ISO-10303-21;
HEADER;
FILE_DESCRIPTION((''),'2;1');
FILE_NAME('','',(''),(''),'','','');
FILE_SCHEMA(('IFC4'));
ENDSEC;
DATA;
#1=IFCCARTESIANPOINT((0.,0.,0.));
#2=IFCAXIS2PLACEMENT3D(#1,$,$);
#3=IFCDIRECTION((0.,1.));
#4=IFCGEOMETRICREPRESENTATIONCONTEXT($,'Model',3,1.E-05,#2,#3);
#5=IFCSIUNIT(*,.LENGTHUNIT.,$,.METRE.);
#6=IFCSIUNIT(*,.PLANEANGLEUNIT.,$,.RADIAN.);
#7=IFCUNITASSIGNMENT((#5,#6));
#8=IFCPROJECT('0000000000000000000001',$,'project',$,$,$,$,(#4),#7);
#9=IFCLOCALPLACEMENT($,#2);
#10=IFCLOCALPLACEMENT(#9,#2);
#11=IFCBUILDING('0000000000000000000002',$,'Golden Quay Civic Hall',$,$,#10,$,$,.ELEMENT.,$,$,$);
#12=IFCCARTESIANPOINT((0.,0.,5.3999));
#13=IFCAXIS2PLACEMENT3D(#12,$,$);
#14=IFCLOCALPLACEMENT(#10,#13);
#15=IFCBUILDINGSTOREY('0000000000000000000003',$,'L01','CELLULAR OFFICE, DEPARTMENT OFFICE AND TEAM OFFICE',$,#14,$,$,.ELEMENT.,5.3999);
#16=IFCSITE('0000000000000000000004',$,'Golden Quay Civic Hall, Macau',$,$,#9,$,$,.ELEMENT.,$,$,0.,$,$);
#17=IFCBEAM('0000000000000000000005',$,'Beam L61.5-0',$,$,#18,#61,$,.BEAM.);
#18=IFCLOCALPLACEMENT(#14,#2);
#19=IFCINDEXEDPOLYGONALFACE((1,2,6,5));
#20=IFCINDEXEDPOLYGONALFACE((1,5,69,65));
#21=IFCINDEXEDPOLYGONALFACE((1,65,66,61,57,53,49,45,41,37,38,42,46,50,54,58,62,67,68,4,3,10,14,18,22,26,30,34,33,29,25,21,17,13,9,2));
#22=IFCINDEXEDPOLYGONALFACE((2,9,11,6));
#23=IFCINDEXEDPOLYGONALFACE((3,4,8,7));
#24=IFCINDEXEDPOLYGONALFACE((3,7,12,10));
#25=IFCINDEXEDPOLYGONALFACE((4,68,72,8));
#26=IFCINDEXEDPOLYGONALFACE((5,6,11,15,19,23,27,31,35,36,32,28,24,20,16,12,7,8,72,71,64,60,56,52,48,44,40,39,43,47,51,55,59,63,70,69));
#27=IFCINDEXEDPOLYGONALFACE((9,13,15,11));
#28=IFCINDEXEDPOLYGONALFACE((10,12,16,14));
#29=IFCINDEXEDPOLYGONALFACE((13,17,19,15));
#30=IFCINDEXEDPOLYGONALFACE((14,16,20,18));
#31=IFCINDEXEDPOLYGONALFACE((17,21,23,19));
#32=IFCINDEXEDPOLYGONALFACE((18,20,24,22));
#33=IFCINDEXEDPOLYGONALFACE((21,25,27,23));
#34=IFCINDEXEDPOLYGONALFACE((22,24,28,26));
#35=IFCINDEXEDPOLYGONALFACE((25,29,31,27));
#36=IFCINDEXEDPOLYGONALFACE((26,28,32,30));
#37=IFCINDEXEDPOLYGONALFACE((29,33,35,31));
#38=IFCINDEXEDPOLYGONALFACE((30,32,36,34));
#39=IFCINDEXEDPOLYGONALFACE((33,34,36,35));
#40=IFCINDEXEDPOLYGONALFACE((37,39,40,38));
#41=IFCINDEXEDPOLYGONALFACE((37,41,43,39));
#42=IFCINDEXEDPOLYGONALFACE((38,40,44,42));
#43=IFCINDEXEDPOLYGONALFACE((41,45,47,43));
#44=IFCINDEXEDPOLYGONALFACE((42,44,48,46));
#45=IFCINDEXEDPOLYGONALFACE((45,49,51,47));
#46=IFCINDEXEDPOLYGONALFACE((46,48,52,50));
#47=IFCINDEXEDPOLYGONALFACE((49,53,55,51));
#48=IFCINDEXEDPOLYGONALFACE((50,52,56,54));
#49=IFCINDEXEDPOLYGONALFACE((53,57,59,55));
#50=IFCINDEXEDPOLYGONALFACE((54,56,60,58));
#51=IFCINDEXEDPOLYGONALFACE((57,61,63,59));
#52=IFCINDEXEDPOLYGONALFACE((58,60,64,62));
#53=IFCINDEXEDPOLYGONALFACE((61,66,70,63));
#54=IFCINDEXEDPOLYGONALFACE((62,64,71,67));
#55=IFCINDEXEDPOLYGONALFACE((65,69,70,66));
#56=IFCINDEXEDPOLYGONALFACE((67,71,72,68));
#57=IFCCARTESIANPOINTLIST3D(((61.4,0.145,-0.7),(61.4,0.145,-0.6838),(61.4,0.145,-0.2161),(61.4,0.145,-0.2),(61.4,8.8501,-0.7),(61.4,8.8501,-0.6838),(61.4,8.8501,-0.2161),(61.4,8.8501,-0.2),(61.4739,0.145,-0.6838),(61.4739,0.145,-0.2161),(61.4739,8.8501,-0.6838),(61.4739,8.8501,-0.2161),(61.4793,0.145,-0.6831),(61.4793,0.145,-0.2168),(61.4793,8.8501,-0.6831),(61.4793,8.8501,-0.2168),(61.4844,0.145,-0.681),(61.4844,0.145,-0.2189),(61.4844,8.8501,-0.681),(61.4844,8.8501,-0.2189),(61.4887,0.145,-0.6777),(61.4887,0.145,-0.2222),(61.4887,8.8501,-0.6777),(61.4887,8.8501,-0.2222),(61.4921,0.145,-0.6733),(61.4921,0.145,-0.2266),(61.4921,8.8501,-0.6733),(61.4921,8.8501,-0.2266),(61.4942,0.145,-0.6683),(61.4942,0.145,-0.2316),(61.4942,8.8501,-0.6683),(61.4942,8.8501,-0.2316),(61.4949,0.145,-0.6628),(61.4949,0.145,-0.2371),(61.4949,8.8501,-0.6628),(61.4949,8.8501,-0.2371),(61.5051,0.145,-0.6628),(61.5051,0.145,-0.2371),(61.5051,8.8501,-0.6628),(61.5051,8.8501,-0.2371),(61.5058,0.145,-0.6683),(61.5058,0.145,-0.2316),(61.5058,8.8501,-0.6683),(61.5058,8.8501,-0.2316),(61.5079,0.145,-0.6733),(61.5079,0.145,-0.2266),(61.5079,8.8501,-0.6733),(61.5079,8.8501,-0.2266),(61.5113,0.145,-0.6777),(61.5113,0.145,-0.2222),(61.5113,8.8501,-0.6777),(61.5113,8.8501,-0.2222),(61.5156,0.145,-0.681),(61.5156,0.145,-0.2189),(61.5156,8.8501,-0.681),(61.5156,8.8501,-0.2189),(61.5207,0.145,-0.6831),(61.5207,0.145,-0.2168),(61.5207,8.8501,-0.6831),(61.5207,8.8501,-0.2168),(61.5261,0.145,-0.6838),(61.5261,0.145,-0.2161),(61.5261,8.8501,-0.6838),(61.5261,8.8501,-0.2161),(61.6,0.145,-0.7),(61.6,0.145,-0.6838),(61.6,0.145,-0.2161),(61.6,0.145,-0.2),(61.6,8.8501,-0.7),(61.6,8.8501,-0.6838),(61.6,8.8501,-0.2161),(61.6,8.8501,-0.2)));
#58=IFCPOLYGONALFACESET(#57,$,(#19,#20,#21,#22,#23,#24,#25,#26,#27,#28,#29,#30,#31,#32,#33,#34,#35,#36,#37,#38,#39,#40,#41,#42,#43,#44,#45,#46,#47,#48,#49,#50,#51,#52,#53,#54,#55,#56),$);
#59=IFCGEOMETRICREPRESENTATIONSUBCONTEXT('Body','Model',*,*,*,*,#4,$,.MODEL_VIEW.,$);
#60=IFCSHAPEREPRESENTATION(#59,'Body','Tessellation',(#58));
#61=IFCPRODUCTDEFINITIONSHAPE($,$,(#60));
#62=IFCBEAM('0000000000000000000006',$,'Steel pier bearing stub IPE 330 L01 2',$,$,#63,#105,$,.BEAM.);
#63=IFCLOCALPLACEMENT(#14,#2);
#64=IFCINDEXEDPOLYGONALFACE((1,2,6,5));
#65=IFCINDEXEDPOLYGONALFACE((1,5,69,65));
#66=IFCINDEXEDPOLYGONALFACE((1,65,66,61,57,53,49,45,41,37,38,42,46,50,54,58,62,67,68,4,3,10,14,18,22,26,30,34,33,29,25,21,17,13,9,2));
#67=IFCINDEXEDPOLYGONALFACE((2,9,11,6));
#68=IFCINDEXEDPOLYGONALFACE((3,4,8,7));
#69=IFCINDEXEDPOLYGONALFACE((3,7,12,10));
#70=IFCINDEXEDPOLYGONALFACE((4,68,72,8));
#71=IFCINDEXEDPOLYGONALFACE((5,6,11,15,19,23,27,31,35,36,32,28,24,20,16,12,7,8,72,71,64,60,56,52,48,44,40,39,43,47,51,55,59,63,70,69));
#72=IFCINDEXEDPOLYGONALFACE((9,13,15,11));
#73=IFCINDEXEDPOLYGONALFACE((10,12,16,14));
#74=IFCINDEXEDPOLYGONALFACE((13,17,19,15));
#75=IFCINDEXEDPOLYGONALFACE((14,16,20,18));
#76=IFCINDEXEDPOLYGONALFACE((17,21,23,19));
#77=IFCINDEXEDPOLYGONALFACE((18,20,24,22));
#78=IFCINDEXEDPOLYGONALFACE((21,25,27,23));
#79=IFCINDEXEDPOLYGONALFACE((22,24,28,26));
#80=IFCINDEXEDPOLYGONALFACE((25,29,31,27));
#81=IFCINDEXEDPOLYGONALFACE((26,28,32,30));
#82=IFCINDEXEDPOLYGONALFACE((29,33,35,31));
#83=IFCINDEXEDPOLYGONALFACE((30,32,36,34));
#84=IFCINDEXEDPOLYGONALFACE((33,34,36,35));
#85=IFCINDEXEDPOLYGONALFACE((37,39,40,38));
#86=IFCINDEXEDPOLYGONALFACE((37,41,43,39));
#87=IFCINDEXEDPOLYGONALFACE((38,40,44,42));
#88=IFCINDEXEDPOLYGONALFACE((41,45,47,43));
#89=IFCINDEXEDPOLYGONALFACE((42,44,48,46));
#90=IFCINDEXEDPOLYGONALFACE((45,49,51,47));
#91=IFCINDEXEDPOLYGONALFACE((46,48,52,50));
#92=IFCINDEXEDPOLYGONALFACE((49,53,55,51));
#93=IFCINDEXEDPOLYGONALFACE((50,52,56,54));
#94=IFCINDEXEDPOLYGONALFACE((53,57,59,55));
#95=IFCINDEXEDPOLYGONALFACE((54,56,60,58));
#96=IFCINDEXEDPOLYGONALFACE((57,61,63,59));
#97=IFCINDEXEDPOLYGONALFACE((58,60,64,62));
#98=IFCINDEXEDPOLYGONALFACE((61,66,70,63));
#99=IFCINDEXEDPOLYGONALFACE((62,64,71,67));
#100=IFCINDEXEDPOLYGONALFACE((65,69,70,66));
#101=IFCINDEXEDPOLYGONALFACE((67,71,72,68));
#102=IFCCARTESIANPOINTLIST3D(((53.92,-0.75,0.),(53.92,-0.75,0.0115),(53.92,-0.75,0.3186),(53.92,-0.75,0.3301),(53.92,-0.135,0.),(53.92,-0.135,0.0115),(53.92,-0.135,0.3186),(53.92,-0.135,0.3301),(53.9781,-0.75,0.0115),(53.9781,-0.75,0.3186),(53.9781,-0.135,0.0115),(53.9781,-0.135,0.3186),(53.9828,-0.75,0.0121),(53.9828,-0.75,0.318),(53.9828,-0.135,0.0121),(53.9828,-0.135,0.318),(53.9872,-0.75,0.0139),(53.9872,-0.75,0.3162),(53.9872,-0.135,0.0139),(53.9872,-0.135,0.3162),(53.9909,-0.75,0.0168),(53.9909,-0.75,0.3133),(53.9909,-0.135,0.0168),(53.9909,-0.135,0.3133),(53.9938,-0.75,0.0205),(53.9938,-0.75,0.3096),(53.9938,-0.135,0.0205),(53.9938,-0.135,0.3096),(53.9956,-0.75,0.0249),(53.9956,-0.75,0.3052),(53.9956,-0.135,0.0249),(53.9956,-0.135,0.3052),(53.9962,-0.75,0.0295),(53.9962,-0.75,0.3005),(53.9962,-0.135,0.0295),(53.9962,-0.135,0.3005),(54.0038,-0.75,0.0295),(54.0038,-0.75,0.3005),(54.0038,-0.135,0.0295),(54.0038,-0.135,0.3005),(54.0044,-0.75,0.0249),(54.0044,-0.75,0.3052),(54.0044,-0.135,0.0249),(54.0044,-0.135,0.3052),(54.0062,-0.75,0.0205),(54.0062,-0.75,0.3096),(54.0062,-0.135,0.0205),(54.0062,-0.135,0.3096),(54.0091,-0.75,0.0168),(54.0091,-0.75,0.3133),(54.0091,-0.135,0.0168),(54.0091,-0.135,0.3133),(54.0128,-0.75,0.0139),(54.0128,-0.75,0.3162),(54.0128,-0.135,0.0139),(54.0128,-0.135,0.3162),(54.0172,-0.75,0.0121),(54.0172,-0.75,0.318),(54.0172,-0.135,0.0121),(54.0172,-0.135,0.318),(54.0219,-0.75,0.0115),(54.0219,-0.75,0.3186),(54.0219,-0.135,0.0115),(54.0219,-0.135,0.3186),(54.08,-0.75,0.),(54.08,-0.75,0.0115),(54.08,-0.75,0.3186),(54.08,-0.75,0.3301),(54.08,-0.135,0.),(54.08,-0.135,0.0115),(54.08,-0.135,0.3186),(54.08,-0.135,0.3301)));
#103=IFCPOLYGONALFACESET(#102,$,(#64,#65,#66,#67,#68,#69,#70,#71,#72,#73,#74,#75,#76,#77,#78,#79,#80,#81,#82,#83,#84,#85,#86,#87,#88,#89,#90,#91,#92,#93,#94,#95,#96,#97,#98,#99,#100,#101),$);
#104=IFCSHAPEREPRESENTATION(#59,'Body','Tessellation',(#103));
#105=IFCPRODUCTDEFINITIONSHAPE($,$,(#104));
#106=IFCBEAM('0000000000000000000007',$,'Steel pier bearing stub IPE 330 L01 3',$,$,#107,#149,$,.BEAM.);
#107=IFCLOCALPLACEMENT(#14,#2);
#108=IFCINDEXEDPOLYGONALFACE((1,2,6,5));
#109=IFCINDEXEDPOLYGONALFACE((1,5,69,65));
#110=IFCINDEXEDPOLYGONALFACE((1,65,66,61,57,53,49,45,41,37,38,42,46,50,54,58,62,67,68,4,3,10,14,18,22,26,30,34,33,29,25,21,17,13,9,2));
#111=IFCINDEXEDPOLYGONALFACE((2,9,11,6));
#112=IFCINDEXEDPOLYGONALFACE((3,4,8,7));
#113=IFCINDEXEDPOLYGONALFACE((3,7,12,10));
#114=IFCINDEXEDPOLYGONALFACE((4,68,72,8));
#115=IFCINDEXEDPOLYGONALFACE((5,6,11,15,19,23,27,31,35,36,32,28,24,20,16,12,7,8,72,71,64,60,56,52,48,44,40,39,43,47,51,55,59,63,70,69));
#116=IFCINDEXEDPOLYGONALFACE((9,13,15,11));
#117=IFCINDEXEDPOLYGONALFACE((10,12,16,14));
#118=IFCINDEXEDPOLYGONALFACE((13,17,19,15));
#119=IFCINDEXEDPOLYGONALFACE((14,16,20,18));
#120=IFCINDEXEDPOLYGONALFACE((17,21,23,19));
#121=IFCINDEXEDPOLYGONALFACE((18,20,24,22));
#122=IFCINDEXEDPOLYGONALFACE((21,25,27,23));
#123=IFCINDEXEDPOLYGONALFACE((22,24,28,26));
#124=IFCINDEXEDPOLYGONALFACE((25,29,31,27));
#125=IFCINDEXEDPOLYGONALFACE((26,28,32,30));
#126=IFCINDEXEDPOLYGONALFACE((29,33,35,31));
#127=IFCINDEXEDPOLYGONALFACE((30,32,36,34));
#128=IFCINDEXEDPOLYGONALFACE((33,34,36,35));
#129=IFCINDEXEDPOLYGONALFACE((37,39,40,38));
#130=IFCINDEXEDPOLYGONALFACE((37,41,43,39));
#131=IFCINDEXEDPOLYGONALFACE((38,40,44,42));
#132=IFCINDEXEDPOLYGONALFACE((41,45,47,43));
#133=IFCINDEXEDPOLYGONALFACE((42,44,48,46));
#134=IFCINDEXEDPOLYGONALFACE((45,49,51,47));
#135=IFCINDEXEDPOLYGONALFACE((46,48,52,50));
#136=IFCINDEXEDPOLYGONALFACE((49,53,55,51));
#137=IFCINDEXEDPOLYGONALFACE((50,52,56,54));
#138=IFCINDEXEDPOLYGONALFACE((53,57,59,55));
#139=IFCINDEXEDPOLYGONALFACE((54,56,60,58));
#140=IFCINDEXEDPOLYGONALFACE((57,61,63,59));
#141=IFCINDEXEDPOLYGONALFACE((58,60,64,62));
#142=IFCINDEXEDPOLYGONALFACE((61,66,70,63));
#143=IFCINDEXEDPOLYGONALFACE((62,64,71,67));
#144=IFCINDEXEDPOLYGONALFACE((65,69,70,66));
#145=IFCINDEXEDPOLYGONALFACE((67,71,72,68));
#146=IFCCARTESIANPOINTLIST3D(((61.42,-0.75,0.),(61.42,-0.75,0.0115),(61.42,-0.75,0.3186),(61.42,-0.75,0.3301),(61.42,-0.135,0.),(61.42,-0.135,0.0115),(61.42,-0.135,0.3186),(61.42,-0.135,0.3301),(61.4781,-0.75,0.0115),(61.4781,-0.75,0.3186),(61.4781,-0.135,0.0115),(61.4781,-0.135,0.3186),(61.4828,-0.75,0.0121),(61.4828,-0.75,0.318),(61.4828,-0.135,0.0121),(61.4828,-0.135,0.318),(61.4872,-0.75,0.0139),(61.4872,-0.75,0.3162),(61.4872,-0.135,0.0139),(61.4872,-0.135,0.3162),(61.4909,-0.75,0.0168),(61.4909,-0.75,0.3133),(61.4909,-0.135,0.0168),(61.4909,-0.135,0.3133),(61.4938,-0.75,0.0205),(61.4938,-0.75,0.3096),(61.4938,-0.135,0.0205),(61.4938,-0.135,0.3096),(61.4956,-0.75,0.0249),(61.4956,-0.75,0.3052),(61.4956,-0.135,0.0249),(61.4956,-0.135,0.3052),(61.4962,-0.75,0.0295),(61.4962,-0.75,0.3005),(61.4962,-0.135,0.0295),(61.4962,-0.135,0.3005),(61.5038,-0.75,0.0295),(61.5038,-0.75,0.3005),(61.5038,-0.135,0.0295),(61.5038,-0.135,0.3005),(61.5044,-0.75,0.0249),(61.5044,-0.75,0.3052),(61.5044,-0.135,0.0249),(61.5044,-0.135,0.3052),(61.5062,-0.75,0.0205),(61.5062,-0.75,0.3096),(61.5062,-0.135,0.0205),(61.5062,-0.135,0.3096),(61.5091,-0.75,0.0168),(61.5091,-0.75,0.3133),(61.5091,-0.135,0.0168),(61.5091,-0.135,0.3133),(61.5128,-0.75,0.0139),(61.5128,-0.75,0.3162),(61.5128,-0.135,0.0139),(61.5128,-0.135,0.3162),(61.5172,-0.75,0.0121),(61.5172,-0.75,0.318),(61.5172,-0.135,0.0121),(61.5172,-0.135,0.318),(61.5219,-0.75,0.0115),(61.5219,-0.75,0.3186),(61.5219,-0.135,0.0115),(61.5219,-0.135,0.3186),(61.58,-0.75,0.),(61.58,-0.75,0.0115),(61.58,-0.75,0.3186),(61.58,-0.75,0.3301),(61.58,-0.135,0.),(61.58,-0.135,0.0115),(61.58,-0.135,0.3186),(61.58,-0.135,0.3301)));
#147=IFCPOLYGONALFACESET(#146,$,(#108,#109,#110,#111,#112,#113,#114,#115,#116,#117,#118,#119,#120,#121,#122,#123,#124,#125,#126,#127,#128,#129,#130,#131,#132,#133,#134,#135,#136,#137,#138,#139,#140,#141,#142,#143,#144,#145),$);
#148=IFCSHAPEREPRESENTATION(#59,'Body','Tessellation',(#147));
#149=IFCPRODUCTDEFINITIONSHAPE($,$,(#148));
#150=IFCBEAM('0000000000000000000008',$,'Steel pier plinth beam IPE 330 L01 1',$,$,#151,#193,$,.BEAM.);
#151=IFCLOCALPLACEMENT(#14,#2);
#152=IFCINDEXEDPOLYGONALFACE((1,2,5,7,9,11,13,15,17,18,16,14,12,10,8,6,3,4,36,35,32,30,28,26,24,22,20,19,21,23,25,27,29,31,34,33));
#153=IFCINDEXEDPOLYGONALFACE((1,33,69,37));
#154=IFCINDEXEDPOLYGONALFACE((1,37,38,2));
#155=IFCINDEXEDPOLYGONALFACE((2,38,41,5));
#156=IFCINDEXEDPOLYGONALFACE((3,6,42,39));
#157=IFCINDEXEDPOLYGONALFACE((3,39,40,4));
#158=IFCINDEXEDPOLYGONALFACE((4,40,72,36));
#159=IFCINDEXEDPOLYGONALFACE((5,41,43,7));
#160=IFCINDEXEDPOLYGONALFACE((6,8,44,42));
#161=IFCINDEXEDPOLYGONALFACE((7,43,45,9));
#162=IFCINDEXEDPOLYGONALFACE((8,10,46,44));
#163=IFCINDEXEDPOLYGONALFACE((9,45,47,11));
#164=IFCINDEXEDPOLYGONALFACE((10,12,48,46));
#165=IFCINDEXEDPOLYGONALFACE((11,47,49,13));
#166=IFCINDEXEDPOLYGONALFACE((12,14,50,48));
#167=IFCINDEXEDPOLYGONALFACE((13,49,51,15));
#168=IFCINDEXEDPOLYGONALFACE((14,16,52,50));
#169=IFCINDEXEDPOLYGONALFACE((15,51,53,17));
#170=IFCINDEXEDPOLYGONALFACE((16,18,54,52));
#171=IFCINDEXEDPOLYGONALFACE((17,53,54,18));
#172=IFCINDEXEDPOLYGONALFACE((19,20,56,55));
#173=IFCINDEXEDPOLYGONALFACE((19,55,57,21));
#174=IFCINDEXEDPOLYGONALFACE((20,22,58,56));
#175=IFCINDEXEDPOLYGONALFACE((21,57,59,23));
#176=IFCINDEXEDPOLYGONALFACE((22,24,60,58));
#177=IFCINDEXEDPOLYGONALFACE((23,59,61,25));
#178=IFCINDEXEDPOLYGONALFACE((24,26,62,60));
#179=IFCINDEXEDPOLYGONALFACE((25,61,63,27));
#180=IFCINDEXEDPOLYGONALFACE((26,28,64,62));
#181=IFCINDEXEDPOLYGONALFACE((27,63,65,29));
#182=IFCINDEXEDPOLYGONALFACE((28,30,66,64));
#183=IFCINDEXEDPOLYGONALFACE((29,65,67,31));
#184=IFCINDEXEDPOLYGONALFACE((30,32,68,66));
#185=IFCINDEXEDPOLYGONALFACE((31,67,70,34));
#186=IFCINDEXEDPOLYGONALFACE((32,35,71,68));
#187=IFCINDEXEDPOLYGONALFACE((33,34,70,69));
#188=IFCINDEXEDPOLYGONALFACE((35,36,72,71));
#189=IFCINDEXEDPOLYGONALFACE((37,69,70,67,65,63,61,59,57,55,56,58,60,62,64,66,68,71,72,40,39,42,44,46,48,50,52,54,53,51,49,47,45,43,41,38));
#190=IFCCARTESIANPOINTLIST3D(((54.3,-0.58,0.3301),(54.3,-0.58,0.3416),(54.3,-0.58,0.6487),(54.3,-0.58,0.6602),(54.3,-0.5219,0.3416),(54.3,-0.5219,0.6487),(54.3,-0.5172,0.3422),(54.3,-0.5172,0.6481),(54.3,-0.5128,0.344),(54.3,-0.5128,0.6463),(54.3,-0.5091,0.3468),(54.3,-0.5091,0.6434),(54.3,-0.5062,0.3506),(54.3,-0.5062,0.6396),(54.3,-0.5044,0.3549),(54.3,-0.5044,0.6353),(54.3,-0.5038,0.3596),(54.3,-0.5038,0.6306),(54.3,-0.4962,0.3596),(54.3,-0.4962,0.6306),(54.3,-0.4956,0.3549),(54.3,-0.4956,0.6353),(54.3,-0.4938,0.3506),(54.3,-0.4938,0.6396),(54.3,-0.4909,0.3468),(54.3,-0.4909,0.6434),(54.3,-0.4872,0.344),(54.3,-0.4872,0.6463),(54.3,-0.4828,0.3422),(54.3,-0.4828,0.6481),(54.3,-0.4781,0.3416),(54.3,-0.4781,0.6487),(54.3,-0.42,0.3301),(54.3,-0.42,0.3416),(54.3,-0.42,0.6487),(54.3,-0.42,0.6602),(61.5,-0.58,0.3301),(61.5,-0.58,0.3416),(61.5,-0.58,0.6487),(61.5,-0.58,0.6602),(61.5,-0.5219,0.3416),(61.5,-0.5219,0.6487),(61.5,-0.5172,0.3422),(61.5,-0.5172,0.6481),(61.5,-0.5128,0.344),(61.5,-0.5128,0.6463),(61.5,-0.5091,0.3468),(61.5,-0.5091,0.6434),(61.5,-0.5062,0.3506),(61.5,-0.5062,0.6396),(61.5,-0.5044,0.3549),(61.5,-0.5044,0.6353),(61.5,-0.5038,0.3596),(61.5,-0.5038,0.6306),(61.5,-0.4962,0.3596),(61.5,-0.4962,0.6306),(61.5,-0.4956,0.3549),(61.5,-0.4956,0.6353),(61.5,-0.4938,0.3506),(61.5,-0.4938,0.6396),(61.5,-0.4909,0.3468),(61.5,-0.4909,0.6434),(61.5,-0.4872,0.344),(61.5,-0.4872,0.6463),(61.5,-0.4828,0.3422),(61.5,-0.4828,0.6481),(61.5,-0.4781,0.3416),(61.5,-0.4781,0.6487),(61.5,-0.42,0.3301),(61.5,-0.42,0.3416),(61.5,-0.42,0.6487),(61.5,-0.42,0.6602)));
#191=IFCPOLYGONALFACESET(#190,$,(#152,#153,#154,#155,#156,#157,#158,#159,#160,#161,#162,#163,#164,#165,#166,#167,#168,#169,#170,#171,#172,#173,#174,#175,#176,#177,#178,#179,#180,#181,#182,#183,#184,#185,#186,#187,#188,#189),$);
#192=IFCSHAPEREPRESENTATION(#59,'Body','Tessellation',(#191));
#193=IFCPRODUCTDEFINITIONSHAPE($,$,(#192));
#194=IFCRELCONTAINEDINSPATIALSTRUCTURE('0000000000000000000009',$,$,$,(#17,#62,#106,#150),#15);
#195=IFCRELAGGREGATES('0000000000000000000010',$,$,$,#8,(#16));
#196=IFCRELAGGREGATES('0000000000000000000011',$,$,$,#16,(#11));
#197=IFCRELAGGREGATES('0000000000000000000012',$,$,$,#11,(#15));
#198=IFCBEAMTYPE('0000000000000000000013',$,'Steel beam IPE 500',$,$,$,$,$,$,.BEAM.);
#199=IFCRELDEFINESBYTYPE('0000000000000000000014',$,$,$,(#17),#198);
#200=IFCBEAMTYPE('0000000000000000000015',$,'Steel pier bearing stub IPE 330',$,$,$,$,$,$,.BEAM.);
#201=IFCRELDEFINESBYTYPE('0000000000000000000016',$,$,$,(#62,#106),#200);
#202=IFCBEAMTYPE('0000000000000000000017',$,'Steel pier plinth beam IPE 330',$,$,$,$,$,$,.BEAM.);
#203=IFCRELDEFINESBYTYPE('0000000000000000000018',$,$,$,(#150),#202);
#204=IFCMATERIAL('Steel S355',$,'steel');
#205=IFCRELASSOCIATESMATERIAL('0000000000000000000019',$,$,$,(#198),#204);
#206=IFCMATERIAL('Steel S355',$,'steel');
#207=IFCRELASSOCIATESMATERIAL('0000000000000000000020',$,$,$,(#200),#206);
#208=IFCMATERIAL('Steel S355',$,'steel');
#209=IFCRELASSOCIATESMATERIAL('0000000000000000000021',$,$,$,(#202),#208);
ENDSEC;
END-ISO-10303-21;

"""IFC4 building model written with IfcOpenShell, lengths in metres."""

from ifc_helpers import new_model, si_unit, direction, frame, origin, origin_2d, place, context, subcontext, project, spatial, i_section, extrude, material, material_profile, profile_set, type_object, element, save


model = new_model("IFC4")

# Units and contexts
model_context = context("Model", 3, precision=1e-05, world=origin(), true_north=direction((0.0, 1.0)))
body_context = subcontext(model_context, "Body", "Model", "MODEL_VIEW")
ifc_project = project(units=[si_unit("LENGTHUNIT", "METRE"), si_unit("PLANEANGLEUNIT", "RADIAN")], contexts=[model_context])

# Site, building, storey
site_placement = place(None, origin())
site = spatial("IfcSite", under=ifc_project, at=site_placement, Name="Golden Quay Civic Hall, Macau", CompositionType="ELEMENT", RefElevation=0.0)
building_placement = place(site_placement, origin())
building = spatial("IfcBuilding", under=site, at=building_placement, Name="Golden Quay Civic Hall", CompositionType="ELEMENT")
storey_placement = place(building_placement, frame((0.0, 0.0, 5.3999)))
storey = spatial("IfcBuildingStorey", under=building, at=storey_placement, Name="L01", Description="CELLULAR OFFICE, DEPARTMENT OFFICE AND TEAM OFFICE", CompositionType="ELEMENT", Elevation=5.3999)

# Beams
ifc_material_1 = material(Name="Steel S355", Category="steel")
ifc_material_profile_1 = material_profile(ifc_material_1, i_section(OverallWidth=0.2, OverallDepth=0.5, WebThickness=0.0103, FlangeThickness=0.0161, FilletRadius=0.021, at=origin_2d()), Name="IPE 500")
ifc_profile_set_1 = profile_set([ifc_material_profile_1], Name="Steel S355")
beam_type_1 = type_object("IfcBeamType", Name="Steel beam IPE 500", PredefinedType="BEAM", material=ifc_profile_set_1)
beam_1_placement = place(storey_placement, frame((61.5, 0.145, -0.45), z_axis=(0.0, 1.0, 0.0), x_axis=(-1.0, 0.0, 0.0)))
element("IfcBeam", 1, at=beam_1_placement, inside=storey, type_object=beam_type_1, Name="Beam L61.5-0", PredefinedType="BEAM", context=body_context, shape_type="SweptSolid", body=[
    extrude(i_section(OverallWidth=0.2, OverallDepth=0.5, WebThickness=0.0103, FlangeThickness=0.0161, FilletRadius=0.021, at=origin_2d()), origin(), (0.0, 0.0, 1.0), 8.7051),
])
ifc_material_2 = material(Name="Steel S355", Category="steel")
ifc_material_profile_2 = material_profile(ifc_material_2, i_section(OverallWidth=0.1599, OverallDepth=0.3301, WebThickness=0.0076, FlangeThickness=0.0115, FilletRadius=0.0181, at=origin_2d()), Name="IPE 330")
ifc_profile_set_2 = profile_set([ifc_material_profile_2], Name="Steel S355")
beam_type_2 = type_object("IfcBeamType", Name="Steel pier bearing stub IPE 330", PredefinedType="BEAM", material=ifc_profile_set_2)
for number, where, z_axis, x_axis, name in (
    (2, (54.0, -0.135, 0.165), (0.0, -1.0, 0.0), (1.0, 0.0, 0.0), "Steel pier bearing stub IPE 330 L01 2"),
    (3, (61.5, -0.135, 0.165), (0.0, -1.0, 0.0), (1.0, 0.0, 0.0), "Steel pier bearing stub IPE 330 L01 3"),
):
    element("IfcBeam", number, at=place(storey_placement, frame(where, z_axis=z_axis, x_axis=x_axis)), inside=storey, type_object=beam_type_2, Name=name, PredefinedType="BEAM", context=body_context, shape_type="SweptSolid", body=[
        extrude(i_section(OverallWidth=0.1599, OverallDepth=0.3301, WebThickness=0.0076, FlangeThickness=0.0115, FilletRadius=0.0181, at=origin_2d()), origin(), (0.0, 0.0, 1.0), 0.615),
    ])
ifc_material_3 = material(Name="Steel S355", Category="steel")
ifc_material_profile_3 = material_profile(ifc_material_3, i_section(OverallWidth=0.1599, OverallDepth=0.3301, WebThickness=0.0076, FlangeThickness=0.0115, FilletRadius=0.0181, at=origin_2d()), Name="IPE 330")
ifc_profile_set_3 = profile_set([ifc_material_profile_3], Name="Steel S355")
beam_type_3 = type_object("IfcBeamType", Name="Steel pier plinth beam IPE 330", PredefinedType="BEAM", material=ifc_profile_set_3)
beam_2_placement = place(storey_placement, frame((54.3, -0.5, 0.4951), z_axis=(1.0, 0.0, 0.0), x_axis=(0.0, 1.0, 0.0)))
element("IfcBeam", 4, at=beam_2_placement, inside=storey, type_object=beam_type_3, Name="Steel pier plinth beam IPE 330 L01 1", PredefinedType="BEAM", context=body_context, shape_type="SweptSolid", body=[
    extrude(i_section(OverallWidth=0.1599, OverallDepth=0.3301, WebThickness=0.0076, FlangeThickness=0.0115, FilletRadius=0.0181, at=origin_2d()), origin(), (0.0, 0.0, 1.0), 7.2),
])

save(model, "model.ifc")
